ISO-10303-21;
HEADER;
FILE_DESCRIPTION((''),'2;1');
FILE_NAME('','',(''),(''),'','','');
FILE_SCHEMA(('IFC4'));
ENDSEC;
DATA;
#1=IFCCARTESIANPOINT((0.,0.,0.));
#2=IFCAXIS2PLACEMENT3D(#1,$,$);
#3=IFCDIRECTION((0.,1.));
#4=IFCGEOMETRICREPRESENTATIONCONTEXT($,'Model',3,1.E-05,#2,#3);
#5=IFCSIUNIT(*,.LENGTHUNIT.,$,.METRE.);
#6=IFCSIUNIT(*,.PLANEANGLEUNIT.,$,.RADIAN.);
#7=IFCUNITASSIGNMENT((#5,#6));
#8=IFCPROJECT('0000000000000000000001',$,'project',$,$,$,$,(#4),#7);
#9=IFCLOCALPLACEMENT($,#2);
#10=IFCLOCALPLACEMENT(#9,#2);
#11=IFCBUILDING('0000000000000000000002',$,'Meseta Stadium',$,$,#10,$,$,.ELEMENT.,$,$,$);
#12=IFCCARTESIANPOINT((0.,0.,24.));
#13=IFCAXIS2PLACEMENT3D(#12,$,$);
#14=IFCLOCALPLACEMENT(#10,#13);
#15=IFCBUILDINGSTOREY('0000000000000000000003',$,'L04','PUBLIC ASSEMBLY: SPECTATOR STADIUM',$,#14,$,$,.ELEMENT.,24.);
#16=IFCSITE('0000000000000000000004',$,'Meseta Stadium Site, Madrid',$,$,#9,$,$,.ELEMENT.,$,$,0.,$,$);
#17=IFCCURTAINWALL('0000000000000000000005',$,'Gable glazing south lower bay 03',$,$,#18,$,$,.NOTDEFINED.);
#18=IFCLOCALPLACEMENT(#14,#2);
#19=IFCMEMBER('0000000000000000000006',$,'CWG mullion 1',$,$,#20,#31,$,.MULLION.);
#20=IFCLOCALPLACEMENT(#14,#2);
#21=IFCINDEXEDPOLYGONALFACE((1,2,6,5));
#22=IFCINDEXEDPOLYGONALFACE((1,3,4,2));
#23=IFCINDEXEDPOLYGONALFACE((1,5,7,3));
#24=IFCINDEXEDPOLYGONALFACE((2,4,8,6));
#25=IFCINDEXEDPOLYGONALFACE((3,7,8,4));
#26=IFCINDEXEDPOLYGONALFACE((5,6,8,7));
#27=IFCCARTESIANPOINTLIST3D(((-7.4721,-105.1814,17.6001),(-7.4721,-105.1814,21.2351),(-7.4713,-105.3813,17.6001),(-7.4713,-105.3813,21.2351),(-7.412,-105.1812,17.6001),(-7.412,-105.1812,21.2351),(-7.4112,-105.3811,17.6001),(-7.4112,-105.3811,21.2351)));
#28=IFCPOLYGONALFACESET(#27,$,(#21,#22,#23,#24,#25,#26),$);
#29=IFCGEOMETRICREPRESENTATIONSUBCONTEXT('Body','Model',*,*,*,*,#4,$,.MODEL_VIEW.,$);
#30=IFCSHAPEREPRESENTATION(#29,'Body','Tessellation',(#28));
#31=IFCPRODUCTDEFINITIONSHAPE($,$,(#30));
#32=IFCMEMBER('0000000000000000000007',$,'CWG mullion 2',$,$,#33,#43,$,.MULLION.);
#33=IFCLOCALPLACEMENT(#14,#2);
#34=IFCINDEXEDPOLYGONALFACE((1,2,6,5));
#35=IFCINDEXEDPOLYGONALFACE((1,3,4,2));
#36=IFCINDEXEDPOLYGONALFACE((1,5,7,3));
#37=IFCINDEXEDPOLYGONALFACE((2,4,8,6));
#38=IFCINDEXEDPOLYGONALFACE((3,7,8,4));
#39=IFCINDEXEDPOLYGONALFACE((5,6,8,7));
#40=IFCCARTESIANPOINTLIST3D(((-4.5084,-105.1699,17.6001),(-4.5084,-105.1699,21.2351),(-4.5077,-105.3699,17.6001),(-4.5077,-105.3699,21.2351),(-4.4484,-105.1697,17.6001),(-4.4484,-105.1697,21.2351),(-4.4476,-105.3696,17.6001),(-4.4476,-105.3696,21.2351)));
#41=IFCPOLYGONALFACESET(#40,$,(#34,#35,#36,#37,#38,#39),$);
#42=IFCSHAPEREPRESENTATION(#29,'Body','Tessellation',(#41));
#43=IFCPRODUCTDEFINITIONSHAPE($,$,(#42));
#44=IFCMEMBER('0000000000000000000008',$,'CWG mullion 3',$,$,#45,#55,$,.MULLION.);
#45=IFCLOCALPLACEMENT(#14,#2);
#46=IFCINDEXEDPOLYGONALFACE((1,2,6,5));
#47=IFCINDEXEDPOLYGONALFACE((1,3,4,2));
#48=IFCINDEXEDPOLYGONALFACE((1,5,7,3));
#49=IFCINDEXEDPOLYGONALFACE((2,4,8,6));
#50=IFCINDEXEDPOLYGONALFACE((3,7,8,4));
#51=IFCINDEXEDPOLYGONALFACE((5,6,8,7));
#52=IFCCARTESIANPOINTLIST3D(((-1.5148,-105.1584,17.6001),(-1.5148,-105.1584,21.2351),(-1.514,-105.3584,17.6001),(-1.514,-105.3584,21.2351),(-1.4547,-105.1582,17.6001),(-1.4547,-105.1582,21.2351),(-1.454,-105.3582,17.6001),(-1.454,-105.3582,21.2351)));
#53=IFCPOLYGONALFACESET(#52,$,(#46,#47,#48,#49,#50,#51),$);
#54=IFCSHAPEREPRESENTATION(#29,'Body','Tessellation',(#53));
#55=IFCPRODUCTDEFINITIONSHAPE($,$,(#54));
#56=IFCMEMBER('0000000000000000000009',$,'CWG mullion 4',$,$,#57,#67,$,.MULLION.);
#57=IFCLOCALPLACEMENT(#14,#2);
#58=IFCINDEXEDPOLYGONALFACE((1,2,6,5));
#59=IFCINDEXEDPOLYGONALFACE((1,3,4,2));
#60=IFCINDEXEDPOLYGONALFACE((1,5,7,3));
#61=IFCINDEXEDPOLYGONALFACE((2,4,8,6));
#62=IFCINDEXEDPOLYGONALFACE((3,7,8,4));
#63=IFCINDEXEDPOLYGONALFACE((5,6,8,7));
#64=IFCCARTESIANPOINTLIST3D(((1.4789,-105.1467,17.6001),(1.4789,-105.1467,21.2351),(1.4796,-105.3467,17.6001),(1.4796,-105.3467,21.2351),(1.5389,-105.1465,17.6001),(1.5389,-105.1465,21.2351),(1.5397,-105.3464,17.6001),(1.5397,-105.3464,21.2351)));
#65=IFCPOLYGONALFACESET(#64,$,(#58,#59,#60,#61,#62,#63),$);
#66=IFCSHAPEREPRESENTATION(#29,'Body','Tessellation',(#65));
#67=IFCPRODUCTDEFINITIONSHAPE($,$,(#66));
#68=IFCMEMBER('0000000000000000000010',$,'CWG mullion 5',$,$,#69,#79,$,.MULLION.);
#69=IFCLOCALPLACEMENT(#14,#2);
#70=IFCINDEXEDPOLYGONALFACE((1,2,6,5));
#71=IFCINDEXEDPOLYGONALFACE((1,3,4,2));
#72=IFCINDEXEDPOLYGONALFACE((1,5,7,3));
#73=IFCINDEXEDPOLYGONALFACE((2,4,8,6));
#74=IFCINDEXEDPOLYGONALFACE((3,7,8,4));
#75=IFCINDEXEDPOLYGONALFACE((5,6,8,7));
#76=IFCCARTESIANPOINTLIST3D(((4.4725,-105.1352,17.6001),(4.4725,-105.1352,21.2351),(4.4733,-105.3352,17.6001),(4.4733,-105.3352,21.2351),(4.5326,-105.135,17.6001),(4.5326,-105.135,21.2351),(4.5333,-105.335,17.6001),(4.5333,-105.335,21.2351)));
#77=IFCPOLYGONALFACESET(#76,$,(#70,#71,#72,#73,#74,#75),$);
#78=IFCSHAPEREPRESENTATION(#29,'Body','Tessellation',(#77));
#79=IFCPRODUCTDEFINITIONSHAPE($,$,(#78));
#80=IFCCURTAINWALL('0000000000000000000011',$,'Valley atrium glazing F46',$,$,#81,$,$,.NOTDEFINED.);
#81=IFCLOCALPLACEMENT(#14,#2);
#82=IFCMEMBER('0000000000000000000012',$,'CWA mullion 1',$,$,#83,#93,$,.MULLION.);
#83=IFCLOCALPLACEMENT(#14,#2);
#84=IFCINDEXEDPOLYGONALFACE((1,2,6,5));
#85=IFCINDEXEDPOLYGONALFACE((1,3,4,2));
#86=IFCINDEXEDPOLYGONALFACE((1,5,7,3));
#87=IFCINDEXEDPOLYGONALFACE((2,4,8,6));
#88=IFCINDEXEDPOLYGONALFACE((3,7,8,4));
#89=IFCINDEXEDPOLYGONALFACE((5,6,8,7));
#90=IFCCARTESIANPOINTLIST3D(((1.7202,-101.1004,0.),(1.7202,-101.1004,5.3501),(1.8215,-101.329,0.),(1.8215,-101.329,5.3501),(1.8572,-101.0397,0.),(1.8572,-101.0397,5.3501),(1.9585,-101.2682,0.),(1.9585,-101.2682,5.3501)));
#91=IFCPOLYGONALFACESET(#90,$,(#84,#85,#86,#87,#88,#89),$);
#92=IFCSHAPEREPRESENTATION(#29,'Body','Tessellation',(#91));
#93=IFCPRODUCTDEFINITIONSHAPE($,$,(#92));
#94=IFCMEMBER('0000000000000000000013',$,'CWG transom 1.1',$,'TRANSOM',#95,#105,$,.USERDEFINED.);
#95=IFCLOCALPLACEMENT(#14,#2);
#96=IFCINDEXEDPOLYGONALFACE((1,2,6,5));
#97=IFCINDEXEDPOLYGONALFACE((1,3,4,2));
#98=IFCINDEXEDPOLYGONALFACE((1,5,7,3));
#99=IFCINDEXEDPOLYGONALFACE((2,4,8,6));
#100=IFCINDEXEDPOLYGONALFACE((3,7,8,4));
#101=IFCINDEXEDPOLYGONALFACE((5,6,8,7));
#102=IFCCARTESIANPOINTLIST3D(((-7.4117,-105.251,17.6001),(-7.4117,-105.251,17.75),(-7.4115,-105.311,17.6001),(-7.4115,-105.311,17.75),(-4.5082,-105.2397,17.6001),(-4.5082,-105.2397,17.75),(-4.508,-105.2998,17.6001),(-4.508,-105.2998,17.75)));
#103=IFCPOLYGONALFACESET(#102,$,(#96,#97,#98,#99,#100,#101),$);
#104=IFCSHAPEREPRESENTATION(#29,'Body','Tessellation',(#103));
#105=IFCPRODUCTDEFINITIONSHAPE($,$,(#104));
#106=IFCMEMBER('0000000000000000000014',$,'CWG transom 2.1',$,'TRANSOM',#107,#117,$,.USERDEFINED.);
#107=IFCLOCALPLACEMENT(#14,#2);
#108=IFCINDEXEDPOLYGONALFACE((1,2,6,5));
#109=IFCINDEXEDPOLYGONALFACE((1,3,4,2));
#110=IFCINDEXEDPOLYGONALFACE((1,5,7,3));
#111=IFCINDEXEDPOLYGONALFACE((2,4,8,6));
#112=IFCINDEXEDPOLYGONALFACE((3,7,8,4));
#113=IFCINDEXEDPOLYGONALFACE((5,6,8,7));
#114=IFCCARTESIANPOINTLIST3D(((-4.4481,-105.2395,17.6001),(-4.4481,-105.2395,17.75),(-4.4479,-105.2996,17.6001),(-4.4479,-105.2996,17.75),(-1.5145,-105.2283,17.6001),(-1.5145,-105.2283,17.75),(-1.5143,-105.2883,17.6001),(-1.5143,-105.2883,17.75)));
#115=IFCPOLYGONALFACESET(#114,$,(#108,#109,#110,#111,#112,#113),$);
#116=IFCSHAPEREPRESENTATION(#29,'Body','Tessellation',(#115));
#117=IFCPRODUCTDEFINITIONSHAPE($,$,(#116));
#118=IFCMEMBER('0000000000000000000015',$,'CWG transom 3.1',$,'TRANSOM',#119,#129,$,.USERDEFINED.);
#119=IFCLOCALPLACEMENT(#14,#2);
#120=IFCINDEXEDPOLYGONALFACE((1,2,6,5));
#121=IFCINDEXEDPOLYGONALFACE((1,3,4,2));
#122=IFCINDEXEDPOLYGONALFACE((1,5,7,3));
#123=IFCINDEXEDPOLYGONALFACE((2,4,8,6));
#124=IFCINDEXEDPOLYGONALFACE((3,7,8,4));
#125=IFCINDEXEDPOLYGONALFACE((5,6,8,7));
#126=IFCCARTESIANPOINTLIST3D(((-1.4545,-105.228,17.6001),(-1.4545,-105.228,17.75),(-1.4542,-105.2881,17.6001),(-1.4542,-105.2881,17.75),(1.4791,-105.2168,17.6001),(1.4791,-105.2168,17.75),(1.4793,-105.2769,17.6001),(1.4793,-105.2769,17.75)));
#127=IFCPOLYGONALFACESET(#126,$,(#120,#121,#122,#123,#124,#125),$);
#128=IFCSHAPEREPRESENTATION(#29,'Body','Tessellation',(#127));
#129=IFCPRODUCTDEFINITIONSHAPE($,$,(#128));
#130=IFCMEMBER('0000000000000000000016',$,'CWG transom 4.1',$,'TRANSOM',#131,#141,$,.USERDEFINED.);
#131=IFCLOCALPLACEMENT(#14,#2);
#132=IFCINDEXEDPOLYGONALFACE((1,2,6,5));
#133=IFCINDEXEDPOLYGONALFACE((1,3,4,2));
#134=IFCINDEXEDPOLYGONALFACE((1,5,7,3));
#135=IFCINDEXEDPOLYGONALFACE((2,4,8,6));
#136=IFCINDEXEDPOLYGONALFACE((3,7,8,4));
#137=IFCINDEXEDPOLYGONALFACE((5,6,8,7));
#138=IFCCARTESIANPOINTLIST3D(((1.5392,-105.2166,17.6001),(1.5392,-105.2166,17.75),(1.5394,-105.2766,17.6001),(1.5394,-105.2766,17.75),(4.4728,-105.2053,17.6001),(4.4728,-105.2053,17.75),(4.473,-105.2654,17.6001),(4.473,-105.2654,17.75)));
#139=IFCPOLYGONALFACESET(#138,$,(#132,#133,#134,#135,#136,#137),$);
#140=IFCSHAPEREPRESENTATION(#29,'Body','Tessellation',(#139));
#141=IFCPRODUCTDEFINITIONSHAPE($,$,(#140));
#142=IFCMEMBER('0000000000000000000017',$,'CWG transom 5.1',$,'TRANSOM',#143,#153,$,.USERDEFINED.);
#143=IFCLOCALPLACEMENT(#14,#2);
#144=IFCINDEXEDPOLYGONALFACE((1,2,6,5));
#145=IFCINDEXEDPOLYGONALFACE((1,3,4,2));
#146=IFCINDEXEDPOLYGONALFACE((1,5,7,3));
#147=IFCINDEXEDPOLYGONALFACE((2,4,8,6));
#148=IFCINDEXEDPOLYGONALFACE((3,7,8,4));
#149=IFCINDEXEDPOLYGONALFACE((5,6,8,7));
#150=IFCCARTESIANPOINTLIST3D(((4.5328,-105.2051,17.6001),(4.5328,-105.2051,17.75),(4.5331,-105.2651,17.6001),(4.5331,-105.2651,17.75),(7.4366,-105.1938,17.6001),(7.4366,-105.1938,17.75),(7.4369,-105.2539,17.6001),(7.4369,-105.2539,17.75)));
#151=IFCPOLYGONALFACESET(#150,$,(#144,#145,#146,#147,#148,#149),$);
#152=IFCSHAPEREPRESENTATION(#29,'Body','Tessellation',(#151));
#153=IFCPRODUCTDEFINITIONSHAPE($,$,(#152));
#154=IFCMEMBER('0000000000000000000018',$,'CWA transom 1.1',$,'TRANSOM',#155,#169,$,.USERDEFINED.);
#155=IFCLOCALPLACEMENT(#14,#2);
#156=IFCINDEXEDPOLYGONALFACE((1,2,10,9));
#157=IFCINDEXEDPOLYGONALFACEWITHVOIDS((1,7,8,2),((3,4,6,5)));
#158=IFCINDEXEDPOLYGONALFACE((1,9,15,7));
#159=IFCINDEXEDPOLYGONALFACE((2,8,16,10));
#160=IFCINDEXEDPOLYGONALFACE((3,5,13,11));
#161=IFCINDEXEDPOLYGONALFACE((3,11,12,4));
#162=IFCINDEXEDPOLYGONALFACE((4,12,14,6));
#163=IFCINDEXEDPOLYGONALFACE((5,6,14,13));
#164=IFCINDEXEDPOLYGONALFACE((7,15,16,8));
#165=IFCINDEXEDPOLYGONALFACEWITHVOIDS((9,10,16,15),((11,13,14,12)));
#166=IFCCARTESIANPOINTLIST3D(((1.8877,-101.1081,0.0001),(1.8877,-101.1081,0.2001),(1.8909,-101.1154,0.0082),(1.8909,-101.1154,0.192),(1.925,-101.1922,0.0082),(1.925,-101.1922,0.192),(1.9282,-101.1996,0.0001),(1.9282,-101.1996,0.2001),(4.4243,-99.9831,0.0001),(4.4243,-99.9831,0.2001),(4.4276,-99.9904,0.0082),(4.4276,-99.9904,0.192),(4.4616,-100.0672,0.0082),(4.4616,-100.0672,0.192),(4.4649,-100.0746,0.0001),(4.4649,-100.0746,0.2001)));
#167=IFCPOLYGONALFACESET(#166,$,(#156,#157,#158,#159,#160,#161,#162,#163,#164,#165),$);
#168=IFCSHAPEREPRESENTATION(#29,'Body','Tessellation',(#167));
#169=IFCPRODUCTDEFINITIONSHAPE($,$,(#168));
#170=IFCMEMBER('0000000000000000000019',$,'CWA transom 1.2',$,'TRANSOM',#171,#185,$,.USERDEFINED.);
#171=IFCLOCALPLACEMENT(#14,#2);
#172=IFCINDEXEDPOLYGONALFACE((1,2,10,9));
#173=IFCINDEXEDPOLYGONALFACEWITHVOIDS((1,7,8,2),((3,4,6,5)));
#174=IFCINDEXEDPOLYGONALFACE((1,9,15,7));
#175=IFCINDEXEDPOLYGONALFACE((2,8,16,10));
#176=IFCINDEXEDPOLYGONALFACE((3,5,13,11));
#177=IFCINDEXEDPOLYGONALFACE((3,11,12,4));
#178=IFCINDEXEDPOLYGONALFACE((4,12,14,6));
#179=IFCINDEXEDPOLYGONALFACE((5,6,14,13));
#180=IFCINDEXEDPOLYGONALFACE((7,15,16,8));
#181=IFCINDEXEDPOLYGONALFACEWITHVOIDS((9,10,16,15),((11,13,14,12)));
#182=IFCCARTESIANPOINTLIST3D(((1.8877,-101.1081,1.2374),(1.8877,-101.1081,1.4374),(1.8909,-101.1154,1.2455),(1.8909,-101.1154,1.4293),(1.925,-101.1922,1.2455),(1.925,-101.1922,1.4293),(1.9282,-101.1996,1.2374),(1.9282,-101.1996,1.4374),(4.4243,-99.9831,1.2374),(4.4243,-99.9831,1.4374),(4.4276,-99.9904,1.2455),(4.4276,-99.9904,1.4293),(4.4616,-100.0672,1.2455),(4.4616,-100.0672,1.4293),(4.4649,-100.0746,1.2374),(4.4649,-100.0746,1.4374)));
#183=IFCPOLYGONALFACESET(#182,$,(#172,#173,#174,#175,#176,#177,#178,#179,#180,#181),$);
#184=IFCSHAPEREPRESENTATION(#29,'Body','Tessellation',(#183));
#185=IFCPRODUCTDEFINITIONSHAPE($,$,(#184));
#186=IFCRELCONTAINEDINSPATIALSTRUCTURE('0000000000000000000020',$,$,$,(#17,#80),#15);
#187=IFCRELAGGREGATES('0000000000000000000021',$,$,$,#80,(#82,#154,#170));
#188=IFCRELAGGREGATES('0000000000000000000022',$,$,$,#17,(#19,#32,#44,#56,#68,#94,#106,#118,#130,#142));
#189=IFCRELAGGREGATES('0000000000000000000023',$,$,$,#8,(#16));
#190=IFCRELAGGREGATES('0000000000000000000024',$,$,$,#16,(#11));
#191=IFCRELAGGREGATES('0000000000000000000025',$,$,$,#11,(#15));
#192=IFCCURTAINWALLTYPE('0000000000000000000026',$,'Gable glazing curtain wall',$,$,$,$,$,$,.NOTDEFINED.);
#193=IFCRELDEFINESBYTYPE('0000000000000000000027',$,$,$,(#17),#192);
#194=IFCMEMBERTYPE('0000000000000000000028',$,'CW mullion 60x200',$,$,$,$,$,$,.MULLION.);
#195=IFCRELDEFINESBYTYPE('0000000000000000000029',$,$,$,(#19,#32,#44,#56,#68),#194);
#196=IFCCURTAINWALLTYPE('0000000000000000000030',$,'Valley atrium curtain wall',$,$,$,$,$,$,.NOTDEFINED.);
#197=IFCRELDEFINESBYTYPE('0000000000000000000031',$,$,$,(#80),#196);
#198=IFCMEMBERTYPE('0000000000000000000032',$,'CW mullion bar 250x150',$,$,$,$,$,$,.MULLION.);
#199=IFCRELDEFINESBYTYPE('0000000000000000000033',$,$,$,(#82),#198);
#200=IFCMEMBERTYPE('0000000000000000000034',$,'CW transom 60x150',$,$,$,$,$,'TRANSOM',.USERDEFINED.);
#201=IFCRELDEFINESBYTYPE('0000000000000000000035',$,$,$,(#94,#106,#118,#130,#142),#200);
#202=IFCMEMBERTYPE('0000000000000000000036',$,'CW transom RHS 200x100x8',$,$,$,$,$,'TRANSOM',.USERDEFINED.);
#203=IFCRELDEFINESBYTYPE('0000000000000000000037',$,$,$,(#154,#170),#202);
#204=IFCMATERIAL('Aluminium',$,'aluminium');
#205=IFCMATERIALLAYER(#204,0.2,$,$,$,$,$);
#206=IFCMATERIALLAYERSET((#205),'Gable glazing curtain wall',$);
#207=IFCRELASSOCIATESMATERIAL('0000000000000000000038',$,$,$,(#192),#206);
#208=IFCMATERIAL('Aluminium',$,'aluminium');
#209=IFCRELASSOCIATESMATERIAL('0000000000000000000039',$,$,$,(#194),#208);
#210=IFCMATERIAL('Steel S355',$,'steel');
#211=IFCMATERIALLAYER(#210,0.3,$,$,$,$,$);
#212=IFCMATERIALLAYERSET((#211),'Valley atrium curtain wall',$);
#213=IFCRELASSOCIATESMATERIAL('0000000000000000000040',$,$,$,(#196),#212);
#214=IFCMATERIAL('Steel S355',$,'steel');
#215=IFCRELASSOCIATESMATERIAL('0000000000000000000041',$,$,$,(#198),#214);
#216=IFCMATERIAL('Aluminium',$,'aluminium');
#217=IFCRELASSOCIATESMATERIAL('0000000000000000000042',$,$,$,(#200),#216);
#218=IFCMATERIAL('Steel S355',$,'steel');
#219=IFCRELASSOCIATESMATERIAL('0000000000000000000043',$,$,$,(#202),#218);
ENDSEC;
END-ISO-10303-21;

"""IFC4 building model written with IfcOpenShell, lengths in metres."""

from ifc_helpers import new_model, si_unit, direction, frame, origin, origin_2d, place, context, subcontext, project, spatial, rectangle, hollow_rectangle, extrude, material, layer, layer_set, material_profile, profile_set, type_object, element, aggregate, save


model = new_model("IFC4")

# Units and contexts
model_context = context("Model", 3, precision=1e-05, world=origin(), true_north=direction((0.0, 1.0)))
body_context = subcontext(model_context, "Body", "Model", "MODEL_VIEW")
ifc_project = project(units=[si_unit("LENGTHUNIT", "METRE"), si_unit("PLANEANGLEUNIT", "RADIAN")], contexts=[model_context])

# Site, building, storey
site_placement = place(None, origin())
site = spatial("IfcSite", under=ifc_project, at=site_placement, Name="Meseta Stadium Site, Madrid", CompositionType="ELEMENT", RefElevation=0.0)
building_placement = place(site_placement, origin())
building = spatial("IfcBuilding", under=site, at=building_placement, Name="Meseta Stadium", CompositionType="ELEMENT")
storey_placement = place(building_placement, frame((0.0, 0.0, 24.0)))
storey = spatial("IfcBuildingStorey", under=building, at=storey_placement, Name="L04", Description="PUBLIC ASSEMBLY: SPECTATOR STADIUM", CompositionType="ELEMENT", Elevation=24.0)

# Curtain wall, members
ifc_material_1 = material(Name="Aluminium", Category="aluminium")
ifc_layer_1 = layer(ifc_material_1, 0.2)
ifc_layer_set_1 = layer_set([ifc_layer_1], Name="Gable glazing curtain wall")
curtain_wall_type_1 = type_object("IfcCurtainWallType", Name="Gable glazing curtain wall", PredefinedType="NOTDEFINED", material=ifc_layer_set_1)
curtain_wall_1_placement = place(storey_placement, origin())
curtain_wall_1 = element("IfcCurtainWall", 1, at=curtain_wall_1_placement, inside=storey, type_object=curtain_wall_type_1, Name="Gable glazing south lower bay 03", PredefinedType="NOTDEFINED")
ifc_material_2 = material(Name="Aluminium", Category="aluminium")
ifc_material_profile_1 = material_profile(ifc_material_2, rectangle(XDim=0.2, YDim=0.0601, at=origin_2d()), Name="CW 200x60")
ifc_profile_set_1 = profile_set([ifc_material_profile_1], Name="Aluminium")
member_type_1 = type_object("IfcMemberType", Name="CW mullion 60x200", PredefinedType="MULLION", material=ifc_profile_set_1)
member_1_placement = place(storey_placement, frame((-7.4417, -105.2812, 17.6001), z_axis=(0.0, 0.0, 1.0), x_axis=(-0.003848, 0.999993, 0.0)))
member_1 = element("IfcMember", 2, at=member_1_placement, type_object=member_type_1, Name="CWG mullion 1", PredefinedType="MULLION", context=body_context, shape_type="SweptSolid", body=[
    extrude(rectangle(XDim=0.2, YDim=0.0601, at=origin_2d()), origin(), (0.0, 0.0, 1.0), 3.635),
])
member_2_placement = place(storey_placement, frame((-4.478, -105.2698, 17.6001), z_axis=(0.0, 0.0, 1.0), x_axis=(-0.003848, 0.999993, 0.0)))
member_2 = element("IfcMember", 3, at=member_2_placement, type_object=member_type_1, Name="CWG mullion 2", PredefinedType="MULLION", context=body_context, shape_type="SweptSolid", body=[
    extrude(rectangle(XDim=0.2, YDim=0.0601, at=origin_2d()), origin(), (0.0, 0.0, 1.0), 3.635),
])
member_3_placement = place(storey_placement, frame((-1.4844, -105.2583, 17.6001), z_axis=(0.0, 0.0, 1.0), x_axis=(-0.003848, 0.999993, 0.0)))
member_3 = element("IfcMember", 4, at=member_3_placement, type_object=member_type_1, Name="CWG mullion 3", PredefinedType="MULLION", context=body_context, shape_type="SweptSolid", body=[
    extrude(rectangle(XDim=0.2, YDim=0.0601, at=origin_2d()), origin(), (0.0, 0.0, 1.0), 3.635),
])
member_4_placement = place(storey_placement, frame((1.5093, -105.2466, 17.6001), z_axis=(0.0, 0.0, 1.0), x_axis=(-0.003848, 0.999993, 0.0)))
member_4 = element("IfcMember", 5, at=member_4_placement, type_object=member_type_1, Name="CWG mullion 4", PredefinedType="MULLION", context=body_context, shape_type="SweptSolid", body=[
    extrude(rectangle(XDim=0.2, YDim=0.0601, at=origin_2d()), origin(), (0.0, 0.0, 1.0), 3.635),
])
member_5_placement = place(storey_placement, frame((4.5029, -105.2351, 17.6001), z_axis=(0.0, 0.0, 1.0), x_axis=(-0.003848, 0.999993, 0.0)))
member_5 = element("IfcMember", 6, at=member_5_placement, type_object=member_type_1, Name="CWG mullion 5", PredefinedType="MULLION", context=body_context, shape_type="SweptSolid", body=[
    extrude(rectangle(XDim=0.2, YDim=0.0601, at=origin_2d()), origin(), (0.0, 0.0, 1.0), 3.635),
])

# Curtain wall, member
ifc_material_3 = material(Name="Steel S355", Category="steel")
ifc_layer_2 = layer(ifc_material_3, 0.3)
ifc_layer_set_2 = layer_set([ifc_layer_2], Name="Valley atrium curtain wall")
curtain_wall_type_2 = type_object("IfcCurtainWallType", Name="Valley atrium curtain wall", PredefinedType="NOTDEFINED", material=ifc_layer_set_2)
curtain_wall_2_placement = place(storey_placement, origin())
curtain_wall_2 = element("IfcCurtainWall", 7, at=curtain_wall_2_placement, inside=storey, type_object=curtain_wall_type_2, Name="Valley atrium glazing F46", PredefinedType="NOTDEFINED")
ifc_material_4 = material(Name="Steel S355", Category="steel")
ifc_material_profile_2 = material_profile(ifc_material_4, rectangle(XDim=0.25, YDim=0.1499, at=origin_2d()), Name="CW 250x150")
ifc_profile_set_2 = profile_set([ifc_material_profile_2], Name="Steel S355")
member_type_2 = type_object("IfcMemberType", Name="CW mullion bar 250x150", PredefinedType="MULLION", material=ifc_profile_set_2)
member_6_placement = place(storey_placement, frame((1.8394, -101.1843, 0.0), z_axis=(0.0, 0.0, 1.0), x_axis=(-0.405401, 0.914139, 0.0)))
member_6 = element("IfcMember", 8, at=member_6_placement, type_object=member_type_2, Name="CWA mullion 1", PredefinedType="MULLION", context=body_context, shape_type="SweptSolid", body=[
    extrude(rectangle(XDim=0.25, YDim=0.1499, at=origin_2d()), origin(), (0.0, 0.0, 1.0), 5.3501),
])

# Members
ifc_material_5 = material(Name="Aluminium", Category="aluminium")
ifc_material_profile_3 = material_profile(ifc_material_5, rectangle(XDim=0.0601, YDim=0.1499, at=origin_2d()), Name="CW 60x150")
ifc_profile_set_3 = profile_set([ifc_material_profile_3], Name="Aluminium")
member_type_3 = type_object("IfcMemberType", Name="CW transom 60x150", ElementType="TRANSOM", PredefinedType="USERDEFINED", material=ifc_profile_set_3)
member_7_placement = place(storey_placement, frame((-7.4116, -105.281, 17.675), z_axis=(0.999993, 0.003868, 0.0), x_axis=(-0.003868, 0.999993, 0.0)))
member_7 = element("IfcMember", 9, at=member_7_placement, type_object=member_type_3, Name="CWG transom 1.1", ObjectType="TRANSOM", PredefinedType="USERDEFINED", context=body_context, shape_type="SweptSolid", body=[
    extrude(rectangle(XDim=0.0601, YDim=0.1499, at=origin_2d()), origin(), (0.0, 0.0, 1.0), 2.9036),
])
member_8_placement = place(storey_placement, frame((-4.448, -105.2695, 17.675), z_axis=(0.999993, 0.003828, 0.0), x_axis=(-0.003828, 0.999993, 0.0)))
member_8 = element("IfcMember", 10, at=member_8_placement, type_object=member_type_3, Name="CWG transom 2.1", ObjectType="TRANSOM", PredefinedType="USERDEFINED", context=body_context, shape_type="SweptSolid", body=[
    extrude(rectangle(XDim=0.0601, YDim=0.1499, at=origin_2d()), origin(), (0.0, 0.0, 1.0), 2.9336),
])
member_9_placement = place(storey_placement, frame((-1.4543, -105.2581, 17.675), z_axis=(0.999993, 0.003828, 0.0), x_axis=(-0.003828, 0.999993, 0.0)))
member_9 = element("IfcMember", 11, at=member_9_placement, type_object=member_type_3, Name="CWG transom 3.1", ObjectType="TRANSOM", PredefinedType="USERDEFINED", context=body_context, shape_type="SweptSolid", body=[
    extrude(rectangle(XDim=0.0601, YDim=0.1499, at=origin_2d()), origin(), (0.0, 0.0, 1.0), 2.9336),
])
member_10_placement = place(storey_placement, frame((1.5393, -105.2466, 17.675), z_axis=(0.999993, 0.003828, 0.0), x_axis=(-0.003828, 0.999993, 0.0)))
member_10 = element("IfcMember", 12, at=member_10_placement, type_object=member_type_3, Name="CWG transom 4.1", ObjectType="TRANSOM", PredefinedType="USERDEFINED", context=body_context, shape_type="SweptSolid", body=[
    extrude(rectangle(XDim=0.0601, YDim=0.1499, at=origin_2d()), origin(), (0.0, 0.0, 1.0), 2.9336),
])
member_11_placement = place(storey_placement, frame((4.533, -105.2351, 17.675), z_axis=(0.999993, 0.003867, 0.0), x_axis=(-0.003867, 0.999993, 0.0)))
member_11 = element("IfcMember", 13, at=member_11_placement, type_object=member_type_3, Name="CWG transom 5.1", ObjectType="TRANSOM", PredefinedType="USERDEFINED", context=body_context, shape_type="SweptSolid", body=[
    extrude(rectangle(XDim=0.0601, YDim=0.1499, at=origin_2d()), origin(), (0.0, 0.0, 1.0), 2.9038),
])
ifc_material_6 = material(Name="Steel S355", Category="steel")
ifc_material_profile_4 = material_profile(ifc_material_6, hollow_rectangle(XDim=0.1001, YDim=0.2, WallThickness=0.0081, at=origin_2d()), Name="RHS 200x100x8")
ifc_profile_set_4 = profile_set([ifc_material_profile_4], Name="Steel S355")
member_type_4 = type_object("IfcMemberType", Name="CW transom RHS 200x100x8", ElementType="TRANSOM", PredefinedType="USERDEFINED", material=ifc_profile_set_4)
member_12_placement = place(storey_placement, frame((1.908, -101.1538, 0.1001), z_axis=(0.914131, 0.40542, 0.0), x_axis=(-0.40542, 0.914131, 0.0)))
member_12 = element("IfcMember", 14, at=member_12_placement, type_object=member_type_4, Name="CWA transom 1.1", ObjectType="TRANSOM", PredefinedType="USERDEFINED", context=body_context, shape_type="SweptSolid", body=[
    extrude(hollow_rectangle(XDim=0.1001, YDim=0.2, WallThickness=0.0081, at=origin_2d()), origin(), (0.0, 0.0, 1.0), 2.7749),
])
member_13_placement = place(storey_placement, frame((1.908, -101.1538, 1.3374), z_axis=(0.914131, 0.40542, 0.0), x_axis=(-0.40542, 0.914131, 0.0)))
member_13 = element("IfcMember", 15, at=member_13_placement, type_object=member_type_4, Name="CWA transom 1.2", ObjectType="TRANSOM", PredefinedType="USERDEFINED", context=body_context, shape_type="SweptSolid", body=[
    extrude(hollow_rectangle(XDim=0.1001, YDim=0.2, WallThickness=0.0081, at=origin_2d()), origin(), (0.0, 0.0, 1.0), 2.7749),
])

aggregate(curtain_wall_2, [member_6, member_12, member_13])
aggregate(curtain_wall_1, [member_1, member_2, member_3, member_4, member_5, member_7, member_8, member_9, member_10, member_11])

save(model, "model.ifc")
